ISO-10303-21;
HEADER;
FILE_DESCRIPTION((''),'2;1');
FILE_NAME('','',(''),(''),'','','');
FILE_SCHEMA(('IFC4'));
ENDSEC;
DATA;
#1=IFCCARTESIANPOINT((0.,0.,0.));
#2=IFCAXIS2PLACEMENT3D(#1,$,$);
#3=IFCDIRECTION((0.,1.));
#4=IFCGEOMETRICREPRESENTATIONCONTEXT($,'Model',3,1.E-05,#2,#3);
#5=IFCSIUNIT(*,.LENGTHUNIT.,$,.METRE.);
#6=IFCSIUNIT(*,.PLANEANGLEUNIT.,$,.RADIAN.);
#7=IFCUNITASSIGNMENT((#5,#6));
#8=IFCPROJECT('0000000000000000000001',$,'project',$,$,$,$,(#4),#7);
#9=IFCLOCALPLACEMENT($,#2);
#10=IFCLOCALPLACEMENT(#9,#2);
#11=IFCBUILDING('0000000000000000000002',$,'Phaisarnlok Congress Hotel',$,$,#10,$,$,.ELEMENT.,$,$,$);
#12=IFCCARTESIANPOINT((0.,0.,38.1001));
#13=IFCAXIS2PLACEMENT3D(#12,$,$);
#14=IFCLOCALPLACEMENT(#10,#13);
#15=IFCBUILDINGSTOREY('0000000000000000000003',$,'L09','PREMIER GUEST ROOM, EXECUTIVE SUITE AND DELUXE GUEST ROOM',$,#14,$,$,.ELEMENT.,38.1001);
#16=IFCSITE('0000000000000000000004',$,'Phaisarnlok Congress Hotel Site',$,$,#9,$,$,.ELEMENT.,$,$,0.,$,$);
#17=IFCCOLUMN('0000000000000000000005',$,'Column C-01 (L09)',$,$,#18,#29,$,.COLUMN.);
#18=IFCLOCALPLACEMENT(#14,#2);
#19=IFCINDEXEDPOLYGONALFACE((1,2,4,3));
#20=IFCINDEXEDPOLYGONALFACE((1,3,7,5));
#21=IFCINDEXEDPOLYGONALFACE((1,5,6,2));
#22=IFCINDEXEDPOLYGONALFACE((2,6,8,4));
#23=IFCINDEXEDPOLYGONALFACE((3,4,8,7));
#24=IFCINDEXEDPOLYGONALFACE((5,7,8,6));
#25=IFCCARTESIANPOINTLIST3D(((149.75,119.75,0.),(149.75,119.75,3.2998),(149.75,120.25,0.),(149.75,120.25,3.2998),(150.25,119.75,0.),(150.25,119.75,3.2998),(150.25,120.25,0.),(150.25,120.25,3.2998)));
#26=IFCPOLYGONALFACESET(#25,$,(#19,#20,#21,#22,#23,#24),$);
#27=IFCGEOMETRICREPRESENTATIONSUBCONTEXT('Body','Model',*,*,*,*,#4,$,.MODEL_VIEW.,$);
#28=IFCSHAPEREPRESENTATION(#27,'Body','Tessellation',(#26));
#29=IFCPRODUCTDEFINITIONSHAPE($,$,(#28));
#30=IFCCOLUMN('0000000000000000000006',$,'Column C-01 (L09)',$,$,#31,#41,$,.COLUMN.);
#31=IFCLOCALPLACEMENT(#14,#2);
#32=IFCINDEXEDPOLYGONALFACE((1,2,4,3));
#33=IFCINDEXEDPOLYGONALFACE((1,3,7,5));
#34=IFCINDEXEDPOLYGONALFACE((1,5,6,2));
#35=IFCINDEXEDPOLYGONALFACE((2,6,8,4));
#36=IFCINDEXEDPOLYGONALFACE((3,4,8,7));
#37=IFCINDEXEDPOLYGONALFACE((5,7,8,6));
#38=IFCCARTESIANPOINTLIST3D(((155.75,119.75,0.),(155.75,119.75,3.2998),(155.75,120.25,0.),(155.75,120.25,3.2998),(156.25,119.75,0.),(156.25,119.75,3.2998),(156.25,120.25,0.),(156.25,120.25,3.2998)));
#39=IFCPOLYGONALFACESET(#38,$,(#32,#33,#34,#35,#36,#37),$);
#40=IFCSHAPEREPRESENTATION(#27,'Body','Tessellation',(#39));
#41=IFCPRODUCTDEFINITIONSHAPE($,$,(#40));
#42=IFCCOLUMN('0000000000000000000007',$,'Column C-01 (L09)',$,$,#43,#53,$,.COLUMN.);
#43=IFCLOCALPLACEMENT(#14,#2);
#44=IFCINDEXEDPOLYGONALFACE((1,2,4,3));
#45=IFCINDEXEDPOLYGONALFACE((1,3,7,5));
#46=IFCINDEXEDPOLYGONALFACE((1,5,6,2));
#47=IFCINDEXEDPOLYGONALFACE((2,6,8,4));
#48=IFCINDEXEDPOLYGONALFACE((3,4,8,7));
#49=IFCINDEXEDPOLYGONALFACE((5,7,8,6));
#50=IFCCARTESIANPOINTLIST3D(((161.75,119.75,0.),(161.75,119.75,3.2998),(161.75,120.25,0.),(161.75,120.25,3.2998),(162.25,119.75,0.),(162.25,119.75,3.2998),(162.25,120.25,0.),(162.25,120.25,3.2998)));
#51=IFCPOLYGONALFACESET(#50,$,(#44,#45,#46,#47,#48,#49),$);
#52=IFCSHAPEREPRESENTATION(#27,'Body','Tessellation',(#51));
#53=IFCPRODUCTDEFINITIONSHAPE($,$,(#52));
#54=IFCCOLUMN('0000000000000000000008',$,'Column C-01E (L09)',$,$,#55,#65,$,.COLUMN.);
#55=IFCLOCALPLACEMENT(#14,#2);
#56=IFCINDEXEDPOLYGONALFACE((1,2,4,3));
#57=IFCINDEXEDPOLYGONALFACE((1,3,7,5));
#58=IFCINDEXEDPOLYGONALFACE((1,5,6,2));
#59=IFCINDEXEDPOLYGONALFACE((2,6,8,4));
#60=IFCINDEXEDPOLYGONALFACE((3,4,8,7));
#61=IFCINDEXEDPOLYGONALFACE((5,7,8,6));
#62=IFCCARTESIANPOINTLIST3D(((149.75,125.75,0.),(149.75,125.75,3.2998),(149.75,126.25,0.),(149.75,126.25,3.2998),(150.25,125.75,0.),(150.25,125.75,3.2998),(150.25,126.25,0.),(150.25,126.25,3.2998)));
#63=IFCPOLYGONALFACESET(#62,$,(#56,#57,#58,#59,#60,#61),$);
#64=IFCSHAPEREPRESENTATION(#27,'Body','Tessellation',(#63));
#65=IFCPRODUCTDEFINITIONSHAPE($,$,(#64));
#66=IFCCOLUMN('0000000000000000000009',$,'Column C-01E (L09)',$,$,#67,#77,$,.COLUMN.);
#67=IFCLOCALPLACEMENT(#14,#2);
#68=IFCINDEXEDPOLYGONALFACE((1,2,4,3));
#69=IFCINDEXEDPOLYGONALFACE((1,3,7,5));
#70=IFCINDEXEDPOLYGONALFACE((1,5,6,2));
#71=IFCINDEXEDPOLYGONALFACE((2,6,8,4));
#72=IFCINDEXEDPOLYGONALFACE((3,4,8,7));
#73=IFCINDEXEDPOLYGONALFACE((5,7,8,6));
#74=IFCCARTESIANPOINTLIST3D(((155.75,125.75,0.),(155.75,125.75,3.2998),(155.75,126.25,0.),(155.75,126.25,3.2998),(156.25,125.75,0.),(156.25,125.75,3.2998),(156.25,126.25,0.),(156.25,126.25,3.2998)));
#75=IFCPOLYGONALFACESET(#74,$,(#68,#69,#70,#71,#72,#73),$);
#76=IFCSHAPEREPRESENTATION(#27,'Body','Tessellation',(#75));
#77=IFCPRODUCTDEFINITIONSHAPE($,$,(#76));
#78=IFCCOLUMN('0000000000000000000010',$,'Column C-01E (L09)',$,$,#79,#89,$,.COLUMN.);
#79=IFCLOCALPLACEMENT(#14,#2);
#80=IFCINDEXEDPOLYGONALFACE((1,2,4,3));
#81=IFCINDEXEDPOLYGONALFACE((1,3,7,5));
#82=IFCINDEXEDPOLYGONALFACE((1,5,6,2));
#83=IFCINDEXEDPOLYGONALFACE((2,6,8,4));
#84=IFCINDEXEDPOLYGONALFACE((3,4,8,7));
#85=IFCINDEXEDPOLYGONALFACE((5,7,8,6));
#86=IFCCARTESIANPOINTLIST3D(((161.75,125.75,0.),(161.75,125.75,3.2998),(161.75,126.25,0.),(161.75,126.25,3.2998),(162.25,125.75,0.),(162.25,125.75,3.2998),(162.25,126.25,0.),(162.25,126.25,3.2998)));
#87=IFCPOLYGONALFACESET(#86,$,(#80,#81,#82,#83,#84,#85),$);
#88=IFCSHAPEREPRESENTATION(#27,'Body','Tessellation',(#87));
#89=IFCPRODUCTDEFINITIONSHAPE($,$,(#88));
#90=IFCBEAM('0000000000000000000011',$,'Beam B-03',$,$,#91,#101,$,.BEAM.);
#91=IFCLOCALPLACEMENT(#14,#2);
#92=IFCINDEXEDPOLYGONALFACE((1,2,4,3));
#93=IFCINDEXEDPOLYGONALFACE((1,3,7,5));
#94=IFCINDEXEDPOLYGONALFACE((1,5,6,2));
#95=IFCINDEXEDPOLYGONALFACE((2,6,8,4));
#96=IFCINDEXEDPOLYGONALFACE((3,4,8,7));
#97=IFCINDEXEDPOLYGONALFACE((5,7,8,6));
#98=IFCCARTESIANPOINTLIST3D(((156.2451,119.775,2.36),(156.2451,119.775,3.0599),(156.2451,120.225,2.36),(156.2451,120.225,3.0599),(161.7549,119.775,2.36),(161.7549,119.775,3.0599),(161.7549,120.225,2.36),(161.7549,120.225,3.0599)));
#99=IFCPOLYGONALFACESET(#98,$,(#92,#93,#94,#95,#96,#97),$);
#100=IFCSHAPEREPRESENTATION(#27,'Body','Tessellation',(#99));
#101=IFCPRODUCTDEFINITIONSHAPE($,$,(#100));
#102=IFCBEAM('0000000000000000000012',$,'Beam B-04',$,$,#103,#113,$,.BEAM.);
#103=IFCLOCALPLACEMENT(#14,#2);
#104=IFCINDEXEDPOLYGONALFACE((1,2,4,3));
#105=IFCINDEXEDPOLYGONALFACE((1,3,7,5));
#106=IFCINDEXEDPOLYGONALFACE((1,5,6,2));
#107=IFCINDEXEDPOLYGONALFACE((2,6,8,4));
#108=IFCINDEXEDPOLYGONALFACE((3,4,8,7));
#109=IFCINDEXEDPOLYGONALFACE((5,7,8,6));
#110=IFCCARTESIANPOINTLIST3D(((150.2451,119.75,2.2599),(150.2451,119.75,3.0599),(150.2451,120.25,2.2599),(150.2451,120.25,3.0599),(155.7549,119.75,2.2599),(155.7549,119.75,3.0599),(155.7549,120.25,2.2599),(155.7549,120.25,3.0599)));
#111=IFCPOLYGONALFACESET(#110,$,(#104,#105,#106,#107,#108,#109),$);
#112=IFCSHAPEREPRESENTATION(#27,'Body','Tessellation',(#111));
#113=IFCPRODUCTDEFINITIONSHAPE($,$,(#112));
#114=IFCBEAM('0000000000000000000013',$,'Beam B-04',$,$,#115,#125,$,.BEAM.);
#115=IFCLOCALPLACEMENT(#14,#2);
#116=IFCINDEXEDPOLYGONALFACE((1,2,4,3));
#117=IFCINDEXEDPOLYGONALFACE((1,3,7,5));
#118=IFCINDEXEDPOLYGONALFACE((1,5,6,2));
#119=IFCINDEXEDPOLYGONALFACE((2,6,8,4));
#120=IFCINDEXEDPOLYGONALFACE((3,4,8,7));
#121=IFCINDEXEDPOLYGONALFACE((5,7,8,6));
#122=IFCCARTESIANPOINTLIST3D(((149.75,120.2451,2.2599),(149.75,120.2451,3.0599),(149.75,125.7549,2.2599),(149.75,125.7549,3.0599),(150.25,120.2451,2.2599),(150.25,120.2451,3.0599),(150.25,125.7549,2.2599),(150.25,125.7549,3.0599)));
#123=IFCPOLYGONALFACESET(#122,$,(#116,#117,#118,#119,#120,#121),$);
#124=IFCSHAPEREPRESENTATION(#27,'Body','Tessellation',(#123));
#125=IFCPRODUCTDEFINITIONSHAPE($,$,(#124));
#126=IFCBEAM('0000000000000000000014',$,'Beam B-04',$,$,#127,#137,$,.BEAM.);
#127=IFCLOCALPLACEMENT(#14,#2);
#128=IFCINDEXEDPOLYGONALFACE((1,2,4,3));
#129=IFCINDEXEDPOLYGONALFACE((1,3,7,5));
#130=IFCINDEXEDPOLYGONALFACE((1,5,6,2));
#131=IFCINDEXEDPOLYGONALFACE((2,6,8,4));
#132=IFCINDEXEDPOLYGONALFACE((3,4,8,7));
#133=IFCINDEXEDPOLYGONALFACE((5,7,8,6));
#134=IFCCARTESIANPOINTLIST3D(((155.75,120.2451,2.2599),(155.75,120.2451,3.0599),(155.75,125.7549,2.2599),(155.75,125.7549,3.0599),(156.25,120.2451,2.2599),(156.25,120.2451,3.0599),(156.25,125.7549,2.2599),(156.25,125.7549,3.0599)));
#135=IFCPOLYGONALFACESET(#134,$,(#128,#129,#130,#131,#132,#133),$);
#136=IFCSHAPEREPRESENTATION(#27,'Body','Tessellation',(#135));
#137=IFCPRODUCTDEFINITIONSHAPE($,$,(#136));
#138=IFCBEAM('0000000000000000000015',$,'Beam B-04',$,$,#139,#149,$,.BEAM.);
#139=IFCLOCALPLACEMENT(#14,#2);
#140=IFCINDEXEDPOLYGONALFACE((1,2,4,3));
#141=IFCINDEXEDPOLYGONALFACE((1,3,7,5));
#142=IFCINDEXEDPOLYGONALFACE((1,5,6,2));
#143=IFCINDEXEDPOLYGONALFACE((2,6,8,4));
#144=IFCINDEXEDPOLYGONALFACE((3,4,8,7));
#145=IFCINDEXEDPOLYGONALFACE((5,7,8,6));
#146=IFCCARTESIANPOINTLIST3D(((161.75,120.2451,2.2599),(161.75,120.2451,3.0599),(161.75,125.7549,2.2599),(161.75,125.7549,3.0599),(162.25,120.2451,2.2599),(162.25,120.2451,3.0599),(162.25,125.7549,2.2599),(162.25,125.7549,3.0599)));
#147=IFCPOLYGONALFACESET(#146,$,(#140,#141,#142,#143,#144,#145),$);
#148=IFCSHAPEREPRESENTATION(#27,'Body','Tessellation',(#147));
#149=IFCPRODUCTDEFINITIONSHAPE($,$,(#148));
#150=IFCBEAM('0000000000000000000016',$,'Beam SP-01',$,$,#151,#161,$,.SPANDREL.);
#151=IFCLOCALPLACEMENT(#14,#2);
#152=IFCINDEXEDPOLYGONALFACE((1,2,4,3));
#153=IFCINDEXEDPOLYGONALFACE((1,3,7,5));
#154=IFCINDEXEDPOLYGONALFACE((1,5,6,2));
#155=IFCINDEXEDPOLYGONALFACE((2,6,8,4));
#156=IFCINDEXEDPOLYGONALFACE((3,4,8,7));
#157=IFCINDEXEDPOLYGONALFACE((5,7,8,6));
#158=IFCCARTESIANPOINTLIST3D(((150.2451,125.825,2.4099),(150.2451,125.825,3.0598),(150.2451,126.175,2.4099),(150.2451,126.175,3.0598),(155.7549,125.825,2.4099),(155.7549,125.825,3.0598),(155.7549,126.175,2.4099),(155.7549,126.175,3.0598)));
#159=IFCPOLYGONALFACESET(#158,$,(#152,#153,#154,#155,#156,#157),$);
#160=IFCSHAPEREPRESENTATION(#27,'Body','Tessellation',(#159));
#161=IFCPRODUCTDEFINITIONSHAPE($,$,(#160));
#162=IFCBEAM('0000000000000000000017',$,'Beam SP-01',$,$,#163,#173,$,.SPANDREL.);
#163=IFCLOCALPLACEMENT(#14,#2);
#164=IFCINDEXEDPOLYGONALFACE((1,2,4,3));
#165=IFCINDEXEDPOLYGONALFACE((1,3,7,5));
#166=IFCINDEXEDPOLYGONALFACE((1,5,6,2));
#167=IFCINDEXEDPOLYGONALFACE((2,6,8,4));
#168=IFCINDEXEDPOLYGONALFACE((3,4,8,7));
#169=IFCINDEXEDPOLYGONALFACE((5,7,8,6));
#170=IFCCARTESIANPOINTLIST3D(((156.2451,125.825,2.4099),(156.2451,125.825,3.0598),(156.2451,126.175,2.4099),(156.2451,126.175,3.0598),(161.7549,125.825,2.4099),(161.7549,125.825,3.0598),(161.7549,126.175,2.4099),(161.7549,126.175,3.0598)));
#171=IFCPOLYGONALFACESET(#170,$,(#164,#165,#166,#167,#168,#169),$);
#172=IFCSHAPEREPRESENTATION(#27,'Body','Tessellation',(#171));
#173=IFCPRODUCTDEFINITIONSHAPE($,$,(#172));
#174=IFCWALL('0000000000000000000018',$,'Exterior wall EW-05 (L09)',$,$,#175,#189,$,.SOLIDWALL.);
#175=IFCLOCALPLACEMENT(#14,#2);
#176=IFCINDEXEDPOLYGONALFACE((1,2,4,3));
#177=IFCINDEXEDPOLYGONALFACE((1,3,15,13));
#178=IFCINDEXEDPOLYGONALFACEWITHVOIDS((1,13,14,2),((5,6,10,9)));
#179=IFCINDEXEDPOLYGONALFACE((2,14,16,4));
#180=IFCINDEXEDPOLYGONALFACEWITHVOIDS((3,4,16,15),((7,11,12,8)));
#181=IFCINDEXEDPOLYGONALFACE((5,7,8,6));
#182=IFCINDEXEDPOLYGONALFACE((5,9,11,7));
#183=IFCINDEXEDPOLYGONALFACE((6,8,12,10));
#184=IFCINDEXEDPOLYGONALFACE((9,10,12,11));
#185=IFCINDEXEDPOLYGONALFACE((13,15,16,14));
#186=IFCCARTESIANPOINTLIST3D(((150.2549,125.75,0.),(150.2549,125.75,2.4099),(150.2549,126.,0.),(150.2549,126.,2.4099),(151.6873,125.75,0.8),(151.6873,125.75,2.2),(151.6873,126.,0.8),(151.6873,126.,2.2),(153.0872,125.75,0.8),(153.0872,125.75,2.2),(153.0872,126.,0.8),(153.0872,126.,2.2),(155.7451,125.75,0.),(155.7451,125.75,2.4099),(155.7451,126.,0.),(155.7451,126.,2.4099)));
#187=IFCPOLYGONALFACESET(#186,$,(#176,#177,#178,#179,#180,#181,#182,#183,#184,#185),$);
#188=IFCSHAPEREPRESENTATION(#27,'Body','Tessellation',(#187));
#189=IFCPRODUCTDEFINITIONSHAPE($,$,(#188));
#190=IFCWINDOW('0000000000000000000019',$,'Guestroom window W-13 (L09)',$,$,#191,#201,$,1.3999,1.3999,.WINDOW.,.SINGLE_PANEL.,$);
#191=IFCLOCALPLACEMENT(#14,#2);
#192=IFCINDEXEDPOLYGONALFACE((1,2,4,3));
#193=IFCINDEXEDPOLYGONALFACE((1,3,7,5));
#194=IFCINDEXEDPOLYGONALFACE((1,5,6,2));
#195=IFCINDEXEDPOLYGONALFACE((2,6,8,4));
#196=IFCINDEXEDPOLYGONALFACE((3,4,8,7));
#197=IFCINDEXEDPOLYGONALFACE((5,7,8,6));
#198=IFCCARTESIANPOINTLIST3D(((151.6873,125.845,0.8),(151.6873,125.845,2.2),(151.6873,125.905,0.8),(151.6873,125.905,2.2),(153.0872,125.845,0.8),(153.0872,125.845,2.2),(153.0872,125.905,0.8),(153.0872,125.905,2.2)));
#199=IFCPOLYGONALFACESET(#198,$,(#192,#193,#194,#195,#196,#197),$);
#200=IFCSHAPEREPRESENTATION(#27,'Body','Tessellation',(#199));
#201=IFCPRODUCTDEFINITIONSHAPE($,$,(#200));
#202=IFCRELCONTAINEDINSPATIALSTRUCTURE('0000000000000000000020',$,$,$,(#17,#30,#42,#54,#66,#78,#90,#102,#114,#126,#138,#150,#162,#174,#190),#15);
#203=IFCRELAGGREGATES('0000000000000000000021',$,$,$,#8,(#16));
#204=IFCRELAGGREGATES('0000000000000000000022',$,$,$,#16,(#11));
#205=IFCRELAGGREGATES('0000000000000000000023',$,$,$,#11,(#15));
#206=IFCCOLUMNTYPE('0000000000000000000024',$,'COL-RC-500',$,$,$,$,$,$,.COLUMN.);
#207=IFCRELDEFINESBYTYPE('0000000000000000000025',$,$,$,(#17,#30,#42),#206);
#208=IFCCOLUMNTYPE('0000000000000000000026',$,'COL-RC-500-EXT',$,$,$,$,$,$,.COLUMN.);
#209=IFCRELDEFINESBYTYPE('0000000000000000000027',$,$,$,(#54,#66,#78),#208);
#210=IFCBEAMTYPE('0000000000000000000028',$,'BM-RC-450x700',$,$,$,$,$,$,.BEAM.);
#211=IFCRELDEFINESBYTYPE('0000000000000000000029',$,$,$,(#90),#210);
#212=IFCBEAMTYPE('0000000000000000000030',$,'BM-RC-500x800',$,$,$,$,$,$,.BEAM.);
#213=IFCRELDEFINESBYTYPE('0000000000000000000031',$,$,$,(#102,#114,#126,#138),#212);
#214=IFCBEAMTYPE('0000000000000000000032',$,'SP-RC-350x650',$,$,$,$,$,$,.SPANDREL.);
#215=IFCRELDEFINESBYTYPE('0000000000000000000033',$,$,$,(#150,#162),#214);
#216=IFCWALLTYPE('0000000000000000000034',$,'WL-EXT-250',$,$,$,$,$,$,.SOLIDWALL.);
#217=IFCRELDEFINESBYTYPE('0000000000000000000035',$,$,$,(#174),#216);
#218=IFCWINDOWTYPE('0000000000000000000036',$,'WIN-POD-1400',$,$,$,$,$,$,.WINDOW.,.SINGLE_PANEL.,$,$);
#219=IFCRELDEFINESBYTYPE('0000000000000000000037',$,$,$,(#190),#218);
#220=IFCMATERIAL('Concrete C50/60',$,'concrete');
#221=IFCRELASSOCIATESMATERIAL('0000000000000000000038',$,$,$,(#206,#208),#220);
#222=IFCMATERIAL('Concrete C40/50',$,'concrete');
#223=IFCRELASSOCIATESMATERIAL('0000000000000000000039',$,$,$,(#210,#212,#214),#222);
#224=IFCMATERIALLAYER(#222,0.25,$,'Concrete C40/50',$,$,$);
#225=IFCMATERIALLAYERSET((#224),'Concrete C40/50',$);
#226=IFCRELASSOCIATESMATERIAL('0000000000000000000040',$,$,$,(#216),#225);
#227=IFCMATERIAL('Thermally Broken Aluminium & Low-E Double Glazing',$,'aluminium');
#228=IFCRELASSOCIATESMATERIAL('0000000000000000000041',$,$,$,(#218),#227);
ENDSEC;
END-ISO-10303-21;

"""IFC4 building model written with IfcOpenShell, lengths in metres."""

from ifc_helpers import new_model, si_unit, direction, frame, frame_2d, origin, origin_2d, place, context, subcontext, project, spatial, rectangle, extrude, material, layer, layer_set, material_profile, profile_set, type_object, element, fill, save


model = new_model("IFC4")

# Units and contexts
model_context = context("Model", 3, precision=1e-05, world=origin(), true_north=direction((0.0, 1.0)))
body_context = subcontext(model_context, "Body", "Model", "MODEL_VIEW")
ifc_project = project(units=[si_unit("LENGTHUNIT", "METRE"), si_unit("PLANEANGLEUNIT", "RADIAN")], contexts=[model_context])

# Site, building, storey
site_placement = place(None, origin())
site = spatial("IfcSite", under=ifc_project, at=site_placement, Name="Phaisarnlok Congress Hotel Site", CompositionType="ELEMENT", RefElevation=0.0)
building_placement = place(site_placement, origin())
building = spatial("IfcBuilding", under=site, at=building_placement, Name="Phaisarnlok Congress Hotel", CompositionType="ELEMENT")
storey_placement = place(building_placement, frame((0.0, 0.0, 38.1001)))
storey = spatial("IfcBuildingStorey", under=building, at=storey_placement, Name="L09", Description="PREMIER GUEST ROOM, EXECUTIVE SUITE AND DELUXE GUEST ROOM", CompositionType="ELEMENT", Elevation=38.1001)

# Columns
ifc_material_1 = material(Name="Concrete C50/60", Category="concrete")
ifc_material_profile_1 = material_profile(ifc_material_1, rectangle(XDim=0.5, YDim=0.5, at=origin_2d()), Name="RC 500x500")
ifc_profile_set_1 = profile_set([ifc_material_profile_1], Name="Concrete C50/60")
column_type_1 = type_object("IfcColumnType", Name="COL-RC-500", PredefinedType="COLUMN", material=ifc_profile_set_1)
for number, where, z_axis, x_axis, name in (
    (1, (150.0, 120.0, 0.0), (0.0, 0.0, 1.0), (1.0, 0.0, 0.0), "Column C-01 (L09)"),
    (2, (156.0, 120.0, 0.0), (0.0, 0.0, 1.0), (1.0, 0.0, 0.0), "Column C-01 (L09)"),
    (3, (162.0, 120.0, 0.0), (0.0, 0.0, 1.0), (1.0, 0.0, 0.0), "Column C-01 (L09)"),
):
    element("IfcColumn", number, at=place(storey_placement, frame(where, z_axis=z_axis, x_axis=x_axis)), inside=storey, type_object=column_type_1, Name=name, PredefinedType="COLUMN", context=body_context, shape_type="SweptSolid", body=[
        extrude(rectangle(XDim=0.5, YDim=0.5, at=origin_2d()), origin(), (0.0, 0.0, 1.0), 3.2998),
    ])
ifc_material_profile_2 = material_profile(ifc_material_1, rectangle(XDim=0.5, YDim=0.5, at=origin_2d()), Name="RC 500x500")
ifc_profile_set_2 = profile_set([ifc_material_profile_2], Name="Concrete C50/60")
column_type_2 = type_object("IfcColumnType", Name="COL-RC-500-EXT", PredefinedType="COLUMN", material=ifc_profile_set_2)
for number, where, z_axis, x_axis, name in (
    (4, (150.0, 126.0, 0.0), (0.0, 0.0, 1.0), (1.0, 0.0, 0.0), "Column C-01E (L09)"),
    (5, (156.0, 126.0, 0.0), (0.0, 0.0, 1.0), (1.0, 0.0, 0.0), "Column C-01E (L09)"),
    (6, (162.0, 126.0, 0.0), (0.0, 0.0, 1.0), (1.0, 0.0, 0.0), "Column C-01E (L09)"),
):
    element("IfcColumn", number, at=place(storey_placement, frame(where, z_axis=z_axis, x_axis=x_axis)), inside=storey, type_object=column_type_2, Name=name, PredefinedType="COLUMN", context=body_context, shape_type="SweptSolid", body=[
        extrude(rectangle(XDim=0.5, YDim=0.5, at=origin_2d()), origin(), (0.0, 0.0, 1.0), 3.2998),
    ])

# Beams
ifc_material_2 = material(Name="Concrete C40/50", Category="concrete")
ifc_material_profile_3 = material_profile(ifc_material_2, rectangle(XDim=0.45, YDim=0.7, at=origin_2d()), Name="RC 450x700")
ifc_profile_set_3 = profile_set([ifc_material_profile_3], Name="Concrete C40/50")
beam_type_1 = type_object("IfcBeamType", Name="BM-RC-450x700", PredefinedType="BEAM", material=ifc_profile_set_3)
beam_placement = place(storey_placement, frame((156.2451, 120.0, 2.71), z_axis=(1.0, 0.0, 0.0), x_axis=(0.0, 1.0, 0.0)))
element("IfcBeam", 7, at=beam_placement, inside=storey, type_object=beam_type_1, Name="Beam B-03", PredefinedType="BEAM", context=body_context, shape_type="SweptSolid", body=[
    extrude(rectangle(XDim=0.45, YDim=0.7, at=origin_2d()), origin(), (0.0, 0.0, 1.0), 5.5098),
])
ifc_material_profile_4 = material_profile(ifc_material_2, rectangle(XDim=0.5, YDim=0.8, at=origin_2d()), Name="RC 500x800")
ifc_profile_set_4 = profile_set([ifc_material_profile_4], Name="Concrete C40/50")
beam_type_2 = type_object("IfcBeamType", Name="BM-RC-500x800", PredefinedType="BEAM", material=ifc_profile_set_4)
for number, where, z_axis, x_axis, name in (
    (8, (150.2451, 120.0, 2.6599), (1.0, 0.0, 0.0), (0.0, 1.0, 0.0), "Beam B-04"),
    (9, (150.0, 120.2451, 2.6599), (0.0, 1.0, 0.0), (-1.0, 0.0, 0.0), "Beam B-04"),
    (10, (156.0, 120.2451, 2.6599), (0.0, 1.0, 0.0), (-1.0, 0.0, 0.0), "Beam B-04"),
    (11, (162.0, 120.2451, 2.6599), (0.0, 1.0, 0.0), (-1.0, 0.0, 0.0), "Beam B-04"),
):
    element("IfcBeam", number, at=place(storey_placement, frame(where, z_axis=z_axis, x_axis=x_axis)), inside=storey, type_object=beam_type_2, Name=name, PredefinedType="BEAM", context=body_context, shape_type="SweptSolid", body=[
        extrude(rectangle(XDim=0.5, YDim=0.8, at=origin_2d()), origin(), (0.0, 0.0, 1.0), 5.5098),
    ])
ifc_material_profile_5 = material_profile(ifc_material_2, rectangle(XDim=0.3501, YDim=0.6499, at=origin_2d()), Name="RC 350x650")
ifc_profile_set_5 = profile_set([ifc_material_profile_5], Name="Concrete C40/50")
beam_type_3 = type_object("IfcBeamType", Name="SP-RC-350x650", PredefinedType="SPANDREL", material=ifc_profile_set_5)
for number, where, z_axis, x_axis, name in (
    (12, (150.2451, 126.0, 2.7349), (1.0, 0.0, 0.0), (0.0, 1.0, 0.0), "Beam SP-01"),
    (13, (156.2451, 126.0, 2.7349), (1.0, 0.0, 0.0), (0.0, 1.0, 0.0), "Beam SP-01"),
):
    element("IfcBeam", number, at=place(storey_placement, frame(where, z_axis=z_axis, x_axis=x_axis)), inside=storey, type_object=beam_type_3, Name=name, PredefinedType="SPANDREL", context=body_context, shape_type="SweptSolid", body=[
        extrude(rectangle(XDim=0.3501, YDim=0.6499, at=origin_2d()), origin(), (0.0, 0.0, 1.0), 5.5098),
    ])

# Wall, opening, window
ifc_layer_1 = layer(ifc_material_2, 0.25, Name="Concrete C40/50")
ifc_layer_set_1 = layer_set([ifc_layer_1], Name="Concrete C40/50")
wall_type_1 = type_object("IfcWallType", Name="WL-EXT-250", PredefinedType="SOLIDWALL", material=ifc_layer_set_1)
wall_1_placement = place(storey_placement, frame((155.7451, 125.875, 0.0), z_axis=(0.0, 0.0, 1.0), x_axis=(-1.0, 0.0, 0.0)))
wall_1 = element("IfcWall", 14, at=wall_1_placement, inside=storey, type_object=wall_type_1, Name="Exterior wall EW-05 (L09)", PredefinedType="SOLIDWALL", context=body_context, shape_type="SweptSolid", body=[
    extrude(rectangle(XDim=5.4902, YDim=0.25, at=frame_2d((2.7451, 0.0))), origin(), (0.0, 0.0, 1.0), 2.4099),
])
opening_1_placement = place(wall_1_placement, frame((2.658, 0.0, 0.8)))
opening_1 = element("IfcOpeningElement", 15, at=opening_1_placement, cuts=wall_1, PredefinedType="OPENING", context=body_context, shape_type="SweptSolid", body=[
    extrude(rectangle(XDim=1.3999, YDim=1.3999, at=frame_2d((0.7, 0.7))), frame((0.0, 0.135, 0.0), z_axis=(0.0, -1.0, 0.0), x_axis=(1.0, 0.0, 0.0)), (0.0, 0.0, 1.0), 0.27),
])
ifc_material_3 = material(Name="Thermally Broken Aluminium & Low-E Double Glazing", Category="aluminium")
window_type = type_object("IfcWindowType", Name="WIN-POD-1400", PartitioningType="SINGLE_PANEL", PredefinedType="WINDOW", material=ifc_material_3)
window_1_placement = place(opening_1_placement, origin())
window_1 = element("IfcWindow", 16, at=window_1_placement, inside=storey, type_object=window_type, Name="Guestroom window W-13 (L09)", OverallHeight=1.3999, OverallWidth=1.3999, PartitioningType="SINGLE_PANEL", PredefinedType="WINDOW", context=body_context, shape_type="SweptSolid", body=[
    extrude(rectangle(XDim=1.3999, YDim=1.3999, at=frame_2d((0.7, 0.7))), frame((0.0, 0.03, 0.0), z_axis=(0.0, -1.0, 0.0), x_axis=(1.0, 0.0, 0.0)), (0.0, 0.0, 1.0), 0.0601),
])
fill(opening_1, window_1)

save(model, "model.ifc")
